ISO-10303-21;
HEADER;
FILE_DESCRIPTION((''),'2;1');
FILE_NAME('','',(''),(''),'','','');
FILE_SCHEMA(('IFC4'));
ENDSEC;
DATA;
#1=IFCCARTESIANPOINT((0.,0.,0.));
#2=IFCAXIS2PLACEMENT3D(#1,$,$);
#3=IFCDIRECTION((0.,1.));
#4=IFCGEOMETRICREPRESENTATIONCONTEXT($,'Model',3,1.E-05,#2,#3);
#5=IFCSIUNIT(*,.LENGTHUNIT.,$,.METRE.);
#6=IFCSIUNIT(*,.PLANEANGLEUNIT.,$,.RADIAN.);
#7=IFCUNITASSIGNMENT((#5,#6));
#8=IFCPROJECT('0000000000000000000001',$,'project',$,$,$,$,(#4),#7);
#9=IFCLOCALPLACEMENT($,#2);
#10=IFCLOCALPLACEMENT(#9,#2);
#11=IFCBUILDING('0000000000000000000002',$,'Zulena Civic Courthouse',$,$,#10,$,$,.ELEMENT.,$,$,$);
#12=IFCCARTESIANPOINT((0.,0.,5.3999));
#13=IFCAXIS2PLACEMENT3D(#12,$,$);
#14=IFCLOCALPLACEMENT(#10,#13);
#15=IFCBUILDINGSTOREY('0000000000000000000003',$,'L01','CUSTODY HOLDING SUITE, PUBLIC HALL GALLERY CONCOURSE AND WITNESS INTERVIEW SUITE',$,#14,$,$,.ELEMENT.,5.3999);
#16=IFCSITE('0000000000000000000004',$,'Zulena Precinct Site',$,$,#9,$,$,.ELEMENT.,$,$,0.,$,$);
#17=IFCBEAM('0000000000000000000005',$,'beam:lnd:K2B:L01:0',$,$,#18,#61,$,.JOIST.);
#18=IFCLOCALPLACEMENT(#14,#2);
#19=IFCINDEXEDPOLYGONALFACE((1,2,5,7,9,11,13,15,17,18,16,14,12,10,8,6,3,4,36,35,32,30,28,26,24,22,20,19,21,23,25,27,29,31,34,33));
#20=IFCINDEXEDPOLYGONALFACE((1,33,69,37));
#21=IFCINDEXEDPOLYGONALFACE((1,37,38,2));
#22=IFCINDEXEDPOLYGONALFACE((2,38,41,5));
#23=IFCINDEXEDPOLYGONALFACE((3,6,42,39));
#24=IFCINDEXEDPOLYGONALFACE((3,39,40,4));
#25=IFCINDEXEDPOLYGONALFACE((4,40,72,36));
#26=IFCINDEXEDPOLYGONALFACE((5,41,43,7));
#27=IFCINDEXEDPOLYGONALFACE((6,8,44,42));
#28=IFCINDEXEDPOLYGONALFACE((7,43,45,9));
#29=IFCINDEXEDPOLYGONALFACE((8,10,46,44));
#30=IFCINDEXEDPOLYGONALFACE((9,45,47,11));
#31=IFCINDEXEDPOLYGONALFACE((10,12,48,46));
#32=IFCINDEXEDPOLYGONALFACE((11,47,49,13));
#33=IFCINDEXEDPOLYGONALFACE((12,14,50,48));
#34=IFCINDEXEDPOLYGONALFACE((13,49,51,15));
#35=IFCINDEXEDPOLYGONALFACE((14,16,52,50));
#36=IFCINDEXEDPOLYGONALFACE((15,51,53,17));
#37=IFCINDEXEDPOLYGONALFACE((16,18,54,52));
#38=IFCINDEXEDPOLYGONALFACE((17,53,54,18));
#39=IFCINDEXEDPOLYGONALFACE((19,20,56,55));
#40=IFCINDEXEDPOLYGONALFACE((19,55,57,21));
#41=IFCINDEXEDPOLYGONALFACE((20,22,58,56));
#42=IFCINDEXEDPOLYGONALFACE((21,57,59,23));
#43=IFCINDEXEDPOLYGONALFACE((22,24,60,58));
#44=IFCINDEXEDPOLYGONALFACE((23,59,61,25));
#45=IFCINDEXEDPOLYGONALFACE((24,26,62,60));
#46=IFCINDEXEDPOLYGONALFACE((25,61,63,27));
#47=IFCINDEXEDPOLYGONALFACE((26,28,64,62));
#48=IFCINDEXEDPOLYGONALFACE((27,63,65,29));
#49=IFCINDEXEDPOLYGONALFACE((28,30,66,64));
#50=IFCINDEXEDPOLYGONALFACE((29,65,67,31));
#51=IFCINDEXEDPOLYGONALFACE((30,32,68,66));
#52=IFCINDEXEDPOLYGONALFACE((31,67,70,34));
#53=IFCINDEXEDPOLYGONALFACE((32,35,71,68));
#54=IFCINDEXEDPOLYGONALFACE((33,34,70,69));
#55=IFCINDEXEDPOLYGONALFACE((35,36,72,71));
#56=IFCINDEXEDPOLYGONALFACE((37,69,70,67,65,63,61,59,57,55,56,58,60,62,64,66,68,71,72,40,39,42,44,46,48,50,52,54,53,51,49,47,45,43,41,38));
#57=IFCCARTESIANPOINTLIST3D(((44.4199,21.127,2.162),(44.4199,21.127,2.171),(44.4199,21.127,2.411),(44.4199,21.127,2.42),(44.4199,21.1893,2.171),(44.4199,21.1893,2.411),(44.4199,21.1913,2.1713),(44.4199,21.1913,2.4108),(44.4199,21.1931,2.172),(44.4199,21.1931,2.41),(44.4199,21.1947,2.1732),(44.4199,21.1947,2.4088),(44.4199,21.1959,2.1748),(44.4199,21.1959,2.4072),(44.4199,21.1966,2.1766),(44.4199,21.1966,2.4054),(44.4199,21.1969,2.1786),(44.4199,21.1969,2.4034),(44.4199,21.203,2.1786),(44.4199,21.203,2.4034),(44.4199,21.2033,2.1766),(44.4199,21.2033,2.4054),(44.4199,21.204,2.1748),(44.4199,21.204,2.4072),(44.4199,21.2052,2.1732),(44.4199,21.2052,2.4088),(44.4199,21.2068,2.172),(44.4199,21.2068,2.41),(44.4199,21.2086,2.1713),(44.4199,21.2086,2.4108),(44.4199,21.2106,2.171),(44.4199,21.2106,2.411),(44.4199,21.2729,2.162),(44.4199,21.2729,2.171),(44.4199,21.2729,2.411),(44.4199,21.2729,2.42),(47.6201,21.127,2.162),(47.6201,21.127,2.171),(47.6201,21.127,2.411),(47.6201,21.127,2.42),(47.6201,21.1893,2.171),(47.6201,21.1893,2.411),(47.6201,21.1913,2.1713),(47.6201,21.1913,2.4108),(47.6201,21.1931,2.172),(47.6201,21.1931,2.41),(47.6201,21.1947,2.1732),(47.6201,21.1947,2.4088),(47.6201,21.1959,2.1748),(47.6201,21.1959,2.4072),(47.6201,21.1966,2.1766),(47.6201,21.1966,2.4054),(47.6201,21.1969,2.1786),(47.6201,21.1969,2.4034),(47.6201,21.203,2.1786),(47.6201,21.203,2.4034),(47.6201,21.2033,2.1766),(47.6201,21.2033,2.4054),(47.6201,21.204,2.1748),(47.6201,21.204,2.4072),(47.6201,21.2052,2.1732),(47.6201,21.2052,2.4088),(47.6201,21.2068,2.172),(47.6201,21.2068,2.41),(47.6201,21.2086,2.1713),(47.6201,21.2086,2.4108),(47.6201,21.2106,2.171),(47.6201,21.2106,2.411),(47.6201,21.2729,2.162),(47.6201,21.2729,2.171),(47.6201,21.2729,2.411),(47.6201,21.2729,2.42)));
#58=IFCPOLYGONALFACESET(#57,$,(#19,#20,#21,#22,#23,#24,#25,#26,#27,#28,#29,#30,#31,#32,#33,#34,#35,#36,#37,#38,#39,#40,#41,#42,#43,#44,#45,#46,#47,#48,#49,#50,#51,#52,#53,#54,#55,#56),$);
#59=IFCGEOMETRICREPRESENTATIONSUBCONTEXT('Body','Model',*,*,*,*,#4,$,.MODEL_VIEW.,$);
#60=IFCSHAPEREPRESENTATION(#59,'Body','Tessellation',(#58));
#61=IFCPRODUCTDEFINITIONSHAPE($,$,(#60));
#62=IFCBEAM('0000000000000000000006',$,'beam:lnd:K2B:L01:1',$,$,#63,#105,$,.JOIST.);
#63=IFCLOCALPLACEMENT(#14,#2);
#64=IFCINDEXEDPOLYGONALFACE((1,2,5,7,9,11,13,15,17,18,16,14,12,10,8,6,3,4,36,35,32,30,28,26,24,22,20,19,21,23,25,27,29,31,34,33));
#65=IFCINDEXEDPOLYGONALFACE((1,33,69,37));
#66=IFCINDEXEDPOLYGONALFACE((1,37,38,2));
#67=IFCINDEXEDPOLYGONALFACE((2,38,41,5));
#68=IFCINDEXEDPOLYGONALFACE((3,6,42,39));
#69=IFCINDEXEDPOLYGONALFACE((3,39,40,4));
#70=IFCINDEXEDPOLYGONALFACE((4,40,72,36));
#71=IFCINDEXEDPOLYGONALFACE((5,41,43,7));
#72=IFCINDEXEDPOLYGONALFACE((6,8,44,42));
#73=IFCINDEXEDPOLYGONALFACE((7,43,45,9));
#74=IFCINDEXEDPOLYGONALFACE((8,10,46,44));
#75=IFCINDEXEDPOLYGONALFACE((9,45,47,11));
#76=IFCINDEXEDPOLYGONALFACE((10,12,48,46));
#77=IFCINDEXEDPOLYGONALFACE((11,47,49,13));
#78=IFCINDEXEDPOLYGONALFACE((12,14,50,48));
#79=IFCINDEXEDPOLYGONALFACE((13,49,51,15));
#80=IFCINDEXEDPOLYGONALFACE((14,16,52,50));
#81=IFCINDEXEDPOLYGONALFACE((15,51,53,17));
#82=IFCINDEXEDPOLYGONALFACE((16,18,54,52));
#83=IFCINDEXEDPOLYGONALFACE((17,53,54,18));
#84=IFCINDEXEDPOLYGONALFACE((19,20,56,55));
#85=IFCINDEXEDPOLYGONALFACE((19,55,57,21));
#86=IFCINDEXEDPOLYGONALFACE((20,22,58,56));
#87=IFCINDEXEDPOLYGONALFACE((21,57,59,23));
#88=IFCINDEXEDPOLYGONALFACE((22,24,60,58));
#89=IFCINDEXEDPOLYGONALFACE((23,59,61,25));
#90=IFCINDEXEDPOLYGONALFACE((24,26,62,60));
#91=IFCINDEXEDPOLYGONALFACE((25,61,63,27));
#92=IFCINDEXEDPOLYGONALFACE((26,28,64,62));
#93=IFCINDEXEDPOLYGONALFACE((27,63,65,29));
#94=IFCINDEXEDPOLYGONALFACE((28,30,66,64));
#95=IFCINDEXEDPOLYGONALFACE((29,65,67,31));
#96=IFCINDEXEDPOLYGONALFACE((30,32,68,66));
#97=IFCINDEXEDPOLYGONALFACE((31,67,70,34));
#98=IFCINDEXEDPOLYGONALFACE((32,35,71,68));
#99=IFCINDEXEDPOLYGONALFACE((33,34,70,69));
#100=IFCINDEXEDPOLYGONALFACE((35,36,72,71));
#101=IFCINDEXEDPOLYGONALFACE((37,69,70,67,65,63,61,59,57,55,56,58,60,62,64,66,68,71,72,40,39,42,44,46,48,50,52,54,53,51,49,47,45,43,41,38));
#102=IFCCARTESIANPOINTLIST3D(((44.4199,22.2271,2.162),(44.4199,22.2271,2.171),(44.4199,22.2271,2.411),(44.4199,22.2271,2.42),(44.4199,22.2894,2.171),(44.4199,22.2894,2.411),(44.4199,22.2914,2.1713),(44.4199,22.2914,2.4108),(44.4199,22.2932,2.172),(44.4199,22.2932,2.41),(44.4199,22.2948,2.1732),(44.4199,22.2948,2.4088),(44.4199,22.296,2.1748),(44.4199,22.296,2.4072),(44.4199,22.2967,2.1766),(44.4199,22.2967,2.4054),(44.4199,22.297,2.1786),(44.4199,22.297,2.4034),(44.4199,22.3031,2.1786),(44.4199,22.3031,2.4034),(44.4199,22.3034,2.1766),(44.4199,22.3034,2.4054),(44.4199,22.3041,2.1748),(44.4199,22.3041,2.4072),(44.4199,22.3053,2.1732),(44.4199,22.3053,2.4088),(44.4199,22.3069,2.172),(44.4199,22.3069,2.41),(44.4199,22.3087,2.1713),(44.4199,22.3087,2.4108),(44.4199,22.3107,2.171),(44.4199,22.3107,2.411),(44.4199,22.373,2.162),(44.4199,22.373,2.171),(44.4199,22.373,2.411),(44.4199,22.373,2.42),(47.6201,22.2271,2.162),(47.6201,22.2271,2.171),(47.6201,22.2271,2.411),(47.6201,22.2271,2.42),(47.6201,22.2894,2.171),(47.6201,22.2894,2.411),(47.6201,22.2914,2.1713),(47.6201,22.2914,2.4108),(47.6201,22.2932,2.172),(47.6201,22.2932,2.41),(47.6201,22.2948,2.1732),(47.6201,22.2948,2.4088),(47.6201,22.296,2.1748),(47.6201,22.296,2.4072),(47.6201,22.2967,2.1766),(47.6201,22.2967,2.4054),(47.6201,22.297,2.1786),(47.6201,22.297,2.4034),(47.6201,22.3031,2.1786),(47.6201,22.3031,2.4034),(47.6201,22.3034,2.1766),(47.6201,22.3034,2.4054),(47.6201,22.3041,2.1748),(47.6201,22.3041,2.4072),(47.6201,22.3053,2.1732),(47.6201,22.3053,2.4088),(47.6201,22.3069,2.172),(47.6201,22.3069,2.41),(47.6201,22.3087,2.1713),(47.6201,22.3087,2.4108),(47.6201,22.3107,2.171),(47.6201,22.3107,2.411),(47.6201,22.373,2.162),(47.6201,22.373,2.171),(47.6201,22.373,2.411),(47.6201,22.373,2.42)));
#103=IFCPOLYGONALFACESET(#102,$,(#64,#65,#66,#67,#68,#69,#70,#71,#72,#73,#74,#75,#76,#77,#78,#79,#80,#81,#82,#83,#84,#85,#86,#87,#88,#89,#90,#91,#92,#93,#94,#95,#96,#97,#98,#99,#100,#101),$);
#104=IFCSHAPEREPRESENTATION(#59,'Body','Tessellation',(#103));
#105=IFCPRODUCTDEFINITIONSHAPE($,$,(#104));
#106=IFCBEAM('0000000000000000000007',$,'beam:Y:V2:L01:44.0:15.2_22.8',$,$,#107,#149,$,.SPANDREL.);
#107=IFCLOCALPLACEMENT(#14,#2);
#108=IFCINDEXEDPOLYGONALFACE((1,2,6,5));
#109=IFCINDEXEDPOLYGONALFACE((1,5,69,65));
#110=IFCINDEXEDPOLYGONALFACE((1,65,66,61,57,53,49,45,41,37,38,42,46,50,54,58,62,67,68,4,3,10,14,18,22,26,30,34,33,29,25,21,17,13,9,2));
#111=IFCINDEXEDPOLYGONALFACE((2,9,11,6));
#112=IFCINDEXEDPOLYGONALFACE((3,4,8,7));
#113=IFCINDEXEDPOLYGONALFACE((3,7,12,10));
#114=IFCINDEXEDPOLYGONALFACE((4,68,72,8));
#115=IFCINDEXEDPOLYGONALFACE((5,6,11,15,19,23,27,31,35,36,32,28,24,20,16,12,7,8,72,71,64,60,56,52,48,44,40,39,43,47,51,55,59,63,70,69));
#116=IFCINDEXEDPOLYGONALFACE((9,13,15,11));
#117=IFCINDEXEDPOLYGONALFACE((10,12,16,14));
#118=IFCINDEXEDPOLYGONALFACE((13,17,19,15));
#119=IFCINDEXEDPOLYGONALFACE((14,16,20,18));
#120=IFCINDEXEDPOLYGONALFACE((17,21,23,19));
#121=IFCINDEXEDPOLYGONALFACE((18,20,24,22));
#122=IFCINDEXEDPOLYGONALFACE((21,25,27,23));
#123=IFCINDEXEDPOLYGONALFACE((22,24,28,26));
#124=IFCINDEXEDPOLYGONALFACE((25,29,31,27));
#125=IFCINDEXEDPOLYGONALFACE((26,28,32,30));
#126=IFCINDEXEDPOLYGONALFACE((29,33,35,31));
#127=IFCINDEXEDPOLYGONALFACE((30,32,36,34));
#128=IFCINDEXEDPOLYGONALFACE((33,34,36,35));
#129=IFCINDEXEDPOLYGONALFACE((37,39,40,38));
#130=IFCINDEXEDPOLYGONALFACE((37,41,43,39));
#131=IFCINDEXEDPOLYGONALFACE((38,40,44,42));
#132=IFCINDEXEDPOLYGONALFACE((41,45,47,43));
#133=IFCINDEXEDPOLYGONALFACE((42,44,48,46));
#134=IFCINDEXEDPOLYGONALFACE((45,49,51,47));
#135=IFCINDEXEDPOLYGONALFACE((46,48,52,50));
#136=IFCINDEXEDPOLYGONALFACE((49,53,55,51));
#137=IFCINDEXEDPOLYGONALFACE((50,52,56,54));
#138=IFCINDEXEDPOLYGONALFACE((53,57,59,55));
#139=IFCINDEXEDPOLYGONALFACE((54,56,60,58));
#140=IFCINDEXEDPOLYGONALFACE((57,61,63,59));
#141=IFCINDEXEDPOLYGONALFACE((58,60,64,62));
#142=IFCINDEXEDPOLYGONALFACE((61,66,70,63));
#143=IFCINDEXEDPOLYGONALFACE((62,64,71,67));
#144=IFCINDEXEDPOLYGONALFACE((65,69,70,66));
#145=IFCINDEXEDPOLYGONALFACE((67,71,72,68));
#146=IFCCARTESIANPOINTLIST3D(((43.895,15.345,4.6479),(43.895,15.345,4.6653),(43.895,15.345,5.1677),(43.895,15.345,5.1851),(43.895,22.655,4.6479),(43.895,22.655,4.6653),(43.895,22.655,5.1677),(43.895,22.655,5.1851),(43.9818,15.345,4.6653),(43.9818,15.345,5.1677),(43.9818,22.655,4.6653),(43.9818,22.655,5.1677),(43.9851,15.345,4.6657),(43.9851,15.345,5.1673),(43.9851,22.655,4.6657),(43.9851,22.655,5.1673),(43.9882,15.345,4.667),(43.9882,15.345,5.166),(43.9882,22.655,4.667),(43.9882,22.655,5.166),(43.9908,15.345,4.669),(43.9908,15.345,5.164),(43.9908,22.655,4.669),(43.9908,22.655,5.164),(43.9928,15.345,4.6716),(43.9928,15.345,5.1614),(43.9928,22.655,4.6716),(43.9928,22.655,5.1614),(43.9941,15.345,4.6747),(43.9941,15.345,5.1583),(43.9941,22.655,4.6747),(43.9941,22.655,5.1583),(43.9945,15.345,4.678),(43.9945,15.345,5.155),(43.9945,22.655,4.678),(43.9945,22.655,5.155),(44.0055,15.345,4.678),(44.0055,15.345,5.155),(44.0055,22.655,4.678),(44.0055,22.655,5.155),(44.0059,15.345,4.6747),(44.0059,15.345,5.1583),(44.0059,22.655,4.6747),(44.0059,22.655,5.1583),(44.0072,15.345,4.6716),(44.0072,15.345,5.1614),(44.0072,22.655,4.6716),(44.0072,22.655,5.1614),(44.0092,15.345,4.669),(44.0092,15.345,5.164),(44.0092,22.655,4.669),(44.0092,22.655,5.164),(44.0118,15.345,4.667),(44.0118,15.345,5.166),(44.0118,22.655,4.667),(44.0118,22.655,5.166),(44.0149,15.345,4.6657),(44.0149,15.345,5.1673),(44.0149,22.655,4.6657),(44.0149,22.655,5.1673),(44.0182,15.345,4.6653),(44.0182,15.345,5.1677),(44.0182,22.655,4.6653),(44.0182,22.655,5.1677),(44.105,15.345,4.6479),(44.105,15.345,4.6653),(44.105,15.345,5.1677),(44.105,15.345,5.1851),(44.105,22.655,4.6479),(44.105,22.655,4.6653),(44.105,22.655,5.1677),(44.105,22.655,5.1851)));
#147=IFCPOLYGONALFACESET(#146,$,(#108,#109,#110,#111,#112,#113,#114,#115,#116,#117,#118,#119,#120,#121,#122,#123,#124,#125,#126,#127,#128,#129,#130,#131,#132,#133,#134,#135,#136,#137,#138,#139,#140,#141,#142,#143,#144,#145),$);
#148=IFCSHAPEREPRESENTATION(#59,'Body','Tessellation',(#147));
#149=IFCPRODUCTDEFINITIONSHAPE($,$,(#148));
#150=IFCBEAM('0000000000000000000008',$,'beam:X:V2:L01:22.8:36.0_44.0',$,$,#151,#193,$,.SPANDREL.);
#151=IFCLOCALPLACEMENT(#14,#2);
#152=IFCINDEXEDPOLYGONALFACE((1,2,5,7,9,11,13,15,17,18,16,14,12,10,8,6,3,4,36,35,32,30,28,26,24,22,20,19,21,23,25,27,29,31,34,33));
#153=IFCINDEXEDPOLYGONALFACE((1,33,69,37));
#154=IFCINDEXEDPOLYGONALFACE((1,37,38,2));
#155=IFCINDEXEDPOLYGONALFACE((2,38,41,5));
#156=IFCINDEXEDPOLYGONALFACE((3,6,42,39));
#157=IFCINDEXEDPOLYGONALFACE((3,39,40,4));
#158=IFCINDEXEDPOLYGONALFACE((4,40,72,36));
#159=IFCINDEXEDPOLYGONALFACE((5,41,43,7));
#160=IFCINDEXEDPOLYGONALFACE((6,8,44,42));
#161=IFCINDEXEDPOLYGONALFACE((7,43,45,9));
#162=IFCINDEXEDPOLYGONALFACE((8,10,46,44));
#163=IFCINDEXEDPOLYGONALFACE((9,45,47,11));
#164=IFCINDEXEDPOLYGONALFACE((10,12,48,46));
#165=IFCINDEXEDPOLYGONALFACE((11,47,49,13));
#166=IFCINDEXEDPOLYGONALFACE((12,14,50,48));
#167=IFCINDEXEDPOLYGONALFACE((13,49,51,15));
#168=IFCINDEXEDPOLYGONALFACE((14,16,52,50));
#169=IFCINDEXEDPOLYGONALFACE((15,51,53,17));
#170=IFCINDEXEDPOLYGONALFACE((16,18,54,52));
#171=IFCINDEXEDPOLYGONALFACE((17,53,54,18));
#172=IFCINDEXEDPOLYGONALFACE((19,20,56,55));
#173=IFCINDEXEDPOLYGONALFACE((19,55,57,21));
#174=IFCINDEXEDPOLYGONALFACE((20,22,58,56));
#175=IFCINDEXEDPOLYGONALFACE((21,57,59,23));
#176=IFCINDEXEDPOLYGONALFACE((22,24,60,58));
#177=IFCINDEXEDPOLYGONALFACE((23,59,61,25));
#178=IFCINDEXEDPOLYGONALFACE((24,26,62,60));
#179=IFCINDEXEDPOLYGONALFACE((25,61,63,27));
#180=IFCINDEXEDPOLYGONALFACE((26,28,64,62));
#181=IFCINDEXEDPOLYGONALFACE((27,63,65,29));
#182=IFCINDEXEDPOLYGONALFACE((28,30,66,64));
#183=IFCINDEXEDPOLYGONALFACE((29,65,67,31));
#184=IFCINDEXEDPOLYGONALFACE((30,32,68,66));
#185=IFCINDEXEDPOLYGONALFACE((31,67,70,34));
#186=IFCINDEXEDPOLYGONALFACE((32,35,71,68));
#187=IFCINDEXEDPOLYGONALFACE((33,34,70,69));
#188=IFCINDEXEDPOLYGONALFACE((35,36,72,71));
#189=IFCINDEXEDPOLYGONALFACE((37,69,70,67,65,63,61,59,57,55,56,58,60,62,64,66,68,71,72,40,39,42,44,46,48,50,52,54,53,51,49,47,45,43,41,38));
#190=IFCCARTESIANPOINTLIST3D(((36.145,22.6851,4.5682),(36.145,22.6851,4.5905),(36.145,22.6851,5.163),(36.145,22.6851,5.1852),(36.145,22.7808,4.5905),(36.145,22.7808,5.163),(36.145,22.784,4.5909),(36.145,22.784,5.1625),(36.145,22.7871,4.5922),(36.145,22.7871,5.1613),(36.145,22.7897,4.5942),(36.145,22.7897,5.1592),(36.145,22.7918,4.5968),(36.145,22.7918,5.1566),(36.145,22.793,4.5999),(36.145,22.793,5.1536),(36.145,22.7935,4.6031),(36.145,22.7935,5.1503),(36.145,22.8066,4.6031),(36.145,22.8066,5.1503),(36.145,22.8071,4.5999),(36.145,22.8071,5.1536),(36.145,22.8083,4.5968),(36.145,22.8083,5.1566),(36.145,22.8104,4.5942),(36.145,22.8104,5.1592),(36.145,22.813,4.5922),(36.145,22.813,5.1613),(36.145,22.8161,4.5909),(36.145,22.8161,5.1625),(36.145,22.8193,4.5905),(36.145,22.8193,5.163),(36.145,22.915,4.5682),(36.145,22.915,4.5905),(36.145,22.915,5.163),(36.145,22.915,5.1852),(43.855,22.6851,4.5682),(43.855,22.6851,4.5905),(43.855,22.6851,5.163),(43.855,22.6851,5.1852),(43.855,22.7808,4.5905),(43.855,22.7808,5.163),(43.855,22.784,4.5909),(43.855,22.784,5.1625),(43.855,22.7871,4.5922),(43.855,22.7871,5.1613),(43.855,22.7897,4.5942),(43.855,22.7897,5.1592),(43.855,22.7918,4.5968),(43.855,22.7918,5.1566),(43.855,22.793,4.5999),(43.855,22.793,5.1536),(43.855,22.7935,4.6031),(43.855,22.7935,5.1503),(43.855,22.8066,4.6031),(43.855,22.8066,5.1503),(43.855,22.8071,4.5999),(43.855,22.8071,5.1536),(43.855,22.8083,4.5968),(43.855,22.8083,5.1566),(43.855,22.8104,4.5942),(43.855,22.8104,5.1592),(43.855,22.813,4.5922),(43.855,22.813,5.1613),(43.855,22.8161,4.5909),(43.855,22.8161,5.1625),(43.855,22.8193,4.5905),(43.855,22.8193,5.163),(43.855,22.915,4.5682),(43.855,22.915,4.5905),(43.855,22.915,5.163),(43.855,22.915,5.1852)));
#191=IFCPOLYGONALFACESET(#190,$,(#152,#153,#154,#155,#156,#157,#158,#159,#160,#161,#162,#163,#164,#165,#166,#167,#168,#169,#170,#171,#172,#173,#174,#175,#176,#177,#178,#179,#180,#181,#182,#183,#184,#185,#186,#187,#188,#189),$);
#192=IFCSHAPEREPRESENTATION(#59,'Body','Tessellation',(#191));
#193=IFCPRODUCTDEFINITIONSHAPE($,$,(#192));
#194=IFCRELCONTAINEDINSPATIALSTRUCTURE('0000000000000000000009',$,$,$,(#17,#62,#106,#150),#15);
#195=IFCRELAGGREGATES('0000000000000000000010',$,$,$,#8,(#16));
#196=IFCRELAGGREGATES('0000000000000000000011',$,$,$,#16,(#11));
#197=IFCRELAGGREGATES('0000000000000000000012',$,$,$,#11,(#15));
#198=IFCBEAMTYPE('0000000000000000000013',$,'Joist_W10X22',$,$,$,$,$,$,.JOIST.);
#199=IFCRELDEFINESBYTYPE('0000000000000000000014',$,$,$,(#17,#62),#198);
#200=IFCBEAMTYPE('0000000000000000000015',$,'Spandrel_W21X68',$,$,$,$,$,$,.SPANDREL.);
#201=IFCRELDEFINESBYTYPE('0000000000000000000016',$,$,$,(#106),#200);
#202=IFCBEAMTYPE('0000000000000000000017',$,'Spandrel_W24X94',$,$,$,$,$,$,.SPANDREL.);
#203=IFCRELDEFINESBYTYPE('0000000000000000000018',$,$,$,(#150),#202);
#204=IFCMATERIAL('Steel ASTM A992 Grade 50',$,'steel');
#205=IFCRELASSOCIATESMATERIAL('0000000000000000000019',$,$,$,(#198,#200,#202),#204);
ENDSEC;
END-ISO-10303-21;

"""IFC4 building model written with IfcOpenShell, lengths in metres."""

from ifc_helpers import new_model, si_unit, direction, frame, origin, origin_2d, place, context, subcontext, project, spatial, i_section, extrude, material, material_profile, profile_set, type_object, element, save


model = new_model("IFC4")

# Units and contexts
model_context = context("Model", 3, precision=1e-05, world=origin(), true_north=direction((0.0, 1.0)))
body_context = subcontext(model_context, "Body", "Model", "MODEL_VIEW")
ifc_project = project(units=[si_unit("LENGTHUNIT", "METRE"), si_unit("PLANEANGLEUNIT", "RADIAN")], contexts=[model_context])

# Site, building, storey
site_placement = place(None, origin())
site = spatial("IfcSite", under=ifc_project, at=site_placement, Name="Zulena Precinct Site", CompositionType="ELEMENT", RefElevation=0.0)
building_placement = place(site_placement, origin())
building = spatial("IfcBuilding", under=site, at=building_placement, Name="Zulena Civic Courthouse", CompositionType="ELEMENT")
storey_placement = place(building_placement, frame((0.0, 0.0, 5.3999)))
storey = spatial("IfcBuildingStorey", under=building, at=storey_placement, Name="L01", Description="CUSTODY HOLDING SUITE, PUBLIC HALL GALLERY CONCOURSE AND WITNESS INTERVIEW SUITE", CompositionType="ELEMENT", Elevation=5.3999)

# Shared definitions
ifc_material_1 = material(Name="Steel ASTM A992 Grade 50", Category="steel")

# Beams
ifc_material_profile_1 = material_profile(ifc_material_1, i_section(OverallWidth=0.146, OverallDepth=0.2581, WebThickness=0.0061, FlangeThickness=0.009, FilletRadius=0.0076, at=origin_2d()), Name="W10X22")
ifc_profile_set_1 = profile_set([ifc_material_profile_1], Name="Steel ASTM A992 Grade 50")
beam_type_1 = type_object("IfcBeamType", Name="Joist_W10X22", PredefinedType="JOIST", material=ifc_profile_set_1)
for number, where, z_axis, x_axis, name in (
    (1, (44.4199, 21.2, 2.291), (1.0, 0.0, 0.0), (0.0, 1.0, 0.0), "beam:lnd:K2B:L01:0"),
    (2, (44.4199, 22.3, 2.291), (1.0, 0.0, 0.0), (0.0, 1.0, 0.0), "beam:lnd:K2B:L01:1"),
):
    element("IfcBeam", number, at=place(storey_placement, frame(where, z_axis=z_axis, x_axis=x_axis)), inside=storey, type_object=beam_type_1, Name=name, PredefinedType="JOIST", context=body_context, shape_type="SweptSolid", body=[
        extrude(i_section(OverallWidth=0.146, OverallDepth=0.2581, WebThickness=0.0061, FlangeThickness=0.009, FilletRadius=0.0076, at=origin_2d()), origin(), (0.0, 0.0, 1.0), 3.2002),
    ])
ifc_material_profile_2 = material_profile(ifc_material_1, i_section(OverallWidth=0.21, OverallDepth=0.5371, WebThickness=0.011, FlangeThickness=0.0173, FilletRadius=0.0127, at=origin_2d()), Name="W21X68")
ifc_profile_set_2 = profile_set([ifc_material_profile_2], Name="Steel ASTM A992 Grade 50")
beam_type_2 = type_object("IfcBeamType", Name="Spandrel_W21X68", PredefinedType="SPANDREL", material=ifc_profile_set_2)
beam_1_placement = place(storey_placement, frame((44.0, 15.345, 4.9165), z_axis=(0.0, 1.0, 0.0), x_axis=(-1.0, 0.0, 0.0)))
element("IfcBeam", 3, at=beam_1_placement, inside=storey, type_object=beam_type_2, Name="beam:Y:V2:L01:44.0:15.2_22.8", PredefinedType="SPANDREL", context=body_context, shape_type="SweptSolid", body=[
    extrude(i_section(OverallWidth=0.21, OverallDepth=0.5371, WebThickness=0.011, FlangeThickness=0.0173, FilletRadius=0.0127, at=origin_2d()), origin(), (0.0, 0.0, 1.0), 7.3101),
])
ifc_material_profile_3 = material_profile(ifc_material_1, i_section(OverallWidth=0.23, OverallDepth=0.6169, WebThickness=0.0132, FlangeThickness=0.0222, FilletRadius=0.0127, at=origin_2d()), Name="W24X94")
ifc_profile_set_3 = profile_set([ifc_material_profile_3], Name="Steel ASTM A992 Grade 50")
beam_type_3 = type_object("IfcBeamType", Name="Spandrel_W24X94", PredefinedType="SPANDREL", material=ifc_profile_set_3)
for number, where, z_axis, x_axis, name in (
    (4, (36.145, 22.8, 4.8767), (1.0, 0.0, 0.0), (0.0, 1.0, 0.0), "beam:X:V2:L01:22.8:36.0_44.0"),
):
    element("IfcBeam", number, at=place(storey_placement, frame(where, z_axis=z_axis, x_axis=x_axis)), inside=storey, type_object=beam_type_3, Name=name, PredefinedType="SPANDREL", context=body_context, shape_type="SweptSolid", body=[
        extrude(i_section(OverallWidth=0.23, OverallDepth=0.6169, WebThickness=0.0132, FlangeThickness=0.0222, FilletRadius=0.0127, at=origin_2d()), origin(), (0.0, 0.0, 1.0), 7.71),
    ])

save(model, "model.ifc")
